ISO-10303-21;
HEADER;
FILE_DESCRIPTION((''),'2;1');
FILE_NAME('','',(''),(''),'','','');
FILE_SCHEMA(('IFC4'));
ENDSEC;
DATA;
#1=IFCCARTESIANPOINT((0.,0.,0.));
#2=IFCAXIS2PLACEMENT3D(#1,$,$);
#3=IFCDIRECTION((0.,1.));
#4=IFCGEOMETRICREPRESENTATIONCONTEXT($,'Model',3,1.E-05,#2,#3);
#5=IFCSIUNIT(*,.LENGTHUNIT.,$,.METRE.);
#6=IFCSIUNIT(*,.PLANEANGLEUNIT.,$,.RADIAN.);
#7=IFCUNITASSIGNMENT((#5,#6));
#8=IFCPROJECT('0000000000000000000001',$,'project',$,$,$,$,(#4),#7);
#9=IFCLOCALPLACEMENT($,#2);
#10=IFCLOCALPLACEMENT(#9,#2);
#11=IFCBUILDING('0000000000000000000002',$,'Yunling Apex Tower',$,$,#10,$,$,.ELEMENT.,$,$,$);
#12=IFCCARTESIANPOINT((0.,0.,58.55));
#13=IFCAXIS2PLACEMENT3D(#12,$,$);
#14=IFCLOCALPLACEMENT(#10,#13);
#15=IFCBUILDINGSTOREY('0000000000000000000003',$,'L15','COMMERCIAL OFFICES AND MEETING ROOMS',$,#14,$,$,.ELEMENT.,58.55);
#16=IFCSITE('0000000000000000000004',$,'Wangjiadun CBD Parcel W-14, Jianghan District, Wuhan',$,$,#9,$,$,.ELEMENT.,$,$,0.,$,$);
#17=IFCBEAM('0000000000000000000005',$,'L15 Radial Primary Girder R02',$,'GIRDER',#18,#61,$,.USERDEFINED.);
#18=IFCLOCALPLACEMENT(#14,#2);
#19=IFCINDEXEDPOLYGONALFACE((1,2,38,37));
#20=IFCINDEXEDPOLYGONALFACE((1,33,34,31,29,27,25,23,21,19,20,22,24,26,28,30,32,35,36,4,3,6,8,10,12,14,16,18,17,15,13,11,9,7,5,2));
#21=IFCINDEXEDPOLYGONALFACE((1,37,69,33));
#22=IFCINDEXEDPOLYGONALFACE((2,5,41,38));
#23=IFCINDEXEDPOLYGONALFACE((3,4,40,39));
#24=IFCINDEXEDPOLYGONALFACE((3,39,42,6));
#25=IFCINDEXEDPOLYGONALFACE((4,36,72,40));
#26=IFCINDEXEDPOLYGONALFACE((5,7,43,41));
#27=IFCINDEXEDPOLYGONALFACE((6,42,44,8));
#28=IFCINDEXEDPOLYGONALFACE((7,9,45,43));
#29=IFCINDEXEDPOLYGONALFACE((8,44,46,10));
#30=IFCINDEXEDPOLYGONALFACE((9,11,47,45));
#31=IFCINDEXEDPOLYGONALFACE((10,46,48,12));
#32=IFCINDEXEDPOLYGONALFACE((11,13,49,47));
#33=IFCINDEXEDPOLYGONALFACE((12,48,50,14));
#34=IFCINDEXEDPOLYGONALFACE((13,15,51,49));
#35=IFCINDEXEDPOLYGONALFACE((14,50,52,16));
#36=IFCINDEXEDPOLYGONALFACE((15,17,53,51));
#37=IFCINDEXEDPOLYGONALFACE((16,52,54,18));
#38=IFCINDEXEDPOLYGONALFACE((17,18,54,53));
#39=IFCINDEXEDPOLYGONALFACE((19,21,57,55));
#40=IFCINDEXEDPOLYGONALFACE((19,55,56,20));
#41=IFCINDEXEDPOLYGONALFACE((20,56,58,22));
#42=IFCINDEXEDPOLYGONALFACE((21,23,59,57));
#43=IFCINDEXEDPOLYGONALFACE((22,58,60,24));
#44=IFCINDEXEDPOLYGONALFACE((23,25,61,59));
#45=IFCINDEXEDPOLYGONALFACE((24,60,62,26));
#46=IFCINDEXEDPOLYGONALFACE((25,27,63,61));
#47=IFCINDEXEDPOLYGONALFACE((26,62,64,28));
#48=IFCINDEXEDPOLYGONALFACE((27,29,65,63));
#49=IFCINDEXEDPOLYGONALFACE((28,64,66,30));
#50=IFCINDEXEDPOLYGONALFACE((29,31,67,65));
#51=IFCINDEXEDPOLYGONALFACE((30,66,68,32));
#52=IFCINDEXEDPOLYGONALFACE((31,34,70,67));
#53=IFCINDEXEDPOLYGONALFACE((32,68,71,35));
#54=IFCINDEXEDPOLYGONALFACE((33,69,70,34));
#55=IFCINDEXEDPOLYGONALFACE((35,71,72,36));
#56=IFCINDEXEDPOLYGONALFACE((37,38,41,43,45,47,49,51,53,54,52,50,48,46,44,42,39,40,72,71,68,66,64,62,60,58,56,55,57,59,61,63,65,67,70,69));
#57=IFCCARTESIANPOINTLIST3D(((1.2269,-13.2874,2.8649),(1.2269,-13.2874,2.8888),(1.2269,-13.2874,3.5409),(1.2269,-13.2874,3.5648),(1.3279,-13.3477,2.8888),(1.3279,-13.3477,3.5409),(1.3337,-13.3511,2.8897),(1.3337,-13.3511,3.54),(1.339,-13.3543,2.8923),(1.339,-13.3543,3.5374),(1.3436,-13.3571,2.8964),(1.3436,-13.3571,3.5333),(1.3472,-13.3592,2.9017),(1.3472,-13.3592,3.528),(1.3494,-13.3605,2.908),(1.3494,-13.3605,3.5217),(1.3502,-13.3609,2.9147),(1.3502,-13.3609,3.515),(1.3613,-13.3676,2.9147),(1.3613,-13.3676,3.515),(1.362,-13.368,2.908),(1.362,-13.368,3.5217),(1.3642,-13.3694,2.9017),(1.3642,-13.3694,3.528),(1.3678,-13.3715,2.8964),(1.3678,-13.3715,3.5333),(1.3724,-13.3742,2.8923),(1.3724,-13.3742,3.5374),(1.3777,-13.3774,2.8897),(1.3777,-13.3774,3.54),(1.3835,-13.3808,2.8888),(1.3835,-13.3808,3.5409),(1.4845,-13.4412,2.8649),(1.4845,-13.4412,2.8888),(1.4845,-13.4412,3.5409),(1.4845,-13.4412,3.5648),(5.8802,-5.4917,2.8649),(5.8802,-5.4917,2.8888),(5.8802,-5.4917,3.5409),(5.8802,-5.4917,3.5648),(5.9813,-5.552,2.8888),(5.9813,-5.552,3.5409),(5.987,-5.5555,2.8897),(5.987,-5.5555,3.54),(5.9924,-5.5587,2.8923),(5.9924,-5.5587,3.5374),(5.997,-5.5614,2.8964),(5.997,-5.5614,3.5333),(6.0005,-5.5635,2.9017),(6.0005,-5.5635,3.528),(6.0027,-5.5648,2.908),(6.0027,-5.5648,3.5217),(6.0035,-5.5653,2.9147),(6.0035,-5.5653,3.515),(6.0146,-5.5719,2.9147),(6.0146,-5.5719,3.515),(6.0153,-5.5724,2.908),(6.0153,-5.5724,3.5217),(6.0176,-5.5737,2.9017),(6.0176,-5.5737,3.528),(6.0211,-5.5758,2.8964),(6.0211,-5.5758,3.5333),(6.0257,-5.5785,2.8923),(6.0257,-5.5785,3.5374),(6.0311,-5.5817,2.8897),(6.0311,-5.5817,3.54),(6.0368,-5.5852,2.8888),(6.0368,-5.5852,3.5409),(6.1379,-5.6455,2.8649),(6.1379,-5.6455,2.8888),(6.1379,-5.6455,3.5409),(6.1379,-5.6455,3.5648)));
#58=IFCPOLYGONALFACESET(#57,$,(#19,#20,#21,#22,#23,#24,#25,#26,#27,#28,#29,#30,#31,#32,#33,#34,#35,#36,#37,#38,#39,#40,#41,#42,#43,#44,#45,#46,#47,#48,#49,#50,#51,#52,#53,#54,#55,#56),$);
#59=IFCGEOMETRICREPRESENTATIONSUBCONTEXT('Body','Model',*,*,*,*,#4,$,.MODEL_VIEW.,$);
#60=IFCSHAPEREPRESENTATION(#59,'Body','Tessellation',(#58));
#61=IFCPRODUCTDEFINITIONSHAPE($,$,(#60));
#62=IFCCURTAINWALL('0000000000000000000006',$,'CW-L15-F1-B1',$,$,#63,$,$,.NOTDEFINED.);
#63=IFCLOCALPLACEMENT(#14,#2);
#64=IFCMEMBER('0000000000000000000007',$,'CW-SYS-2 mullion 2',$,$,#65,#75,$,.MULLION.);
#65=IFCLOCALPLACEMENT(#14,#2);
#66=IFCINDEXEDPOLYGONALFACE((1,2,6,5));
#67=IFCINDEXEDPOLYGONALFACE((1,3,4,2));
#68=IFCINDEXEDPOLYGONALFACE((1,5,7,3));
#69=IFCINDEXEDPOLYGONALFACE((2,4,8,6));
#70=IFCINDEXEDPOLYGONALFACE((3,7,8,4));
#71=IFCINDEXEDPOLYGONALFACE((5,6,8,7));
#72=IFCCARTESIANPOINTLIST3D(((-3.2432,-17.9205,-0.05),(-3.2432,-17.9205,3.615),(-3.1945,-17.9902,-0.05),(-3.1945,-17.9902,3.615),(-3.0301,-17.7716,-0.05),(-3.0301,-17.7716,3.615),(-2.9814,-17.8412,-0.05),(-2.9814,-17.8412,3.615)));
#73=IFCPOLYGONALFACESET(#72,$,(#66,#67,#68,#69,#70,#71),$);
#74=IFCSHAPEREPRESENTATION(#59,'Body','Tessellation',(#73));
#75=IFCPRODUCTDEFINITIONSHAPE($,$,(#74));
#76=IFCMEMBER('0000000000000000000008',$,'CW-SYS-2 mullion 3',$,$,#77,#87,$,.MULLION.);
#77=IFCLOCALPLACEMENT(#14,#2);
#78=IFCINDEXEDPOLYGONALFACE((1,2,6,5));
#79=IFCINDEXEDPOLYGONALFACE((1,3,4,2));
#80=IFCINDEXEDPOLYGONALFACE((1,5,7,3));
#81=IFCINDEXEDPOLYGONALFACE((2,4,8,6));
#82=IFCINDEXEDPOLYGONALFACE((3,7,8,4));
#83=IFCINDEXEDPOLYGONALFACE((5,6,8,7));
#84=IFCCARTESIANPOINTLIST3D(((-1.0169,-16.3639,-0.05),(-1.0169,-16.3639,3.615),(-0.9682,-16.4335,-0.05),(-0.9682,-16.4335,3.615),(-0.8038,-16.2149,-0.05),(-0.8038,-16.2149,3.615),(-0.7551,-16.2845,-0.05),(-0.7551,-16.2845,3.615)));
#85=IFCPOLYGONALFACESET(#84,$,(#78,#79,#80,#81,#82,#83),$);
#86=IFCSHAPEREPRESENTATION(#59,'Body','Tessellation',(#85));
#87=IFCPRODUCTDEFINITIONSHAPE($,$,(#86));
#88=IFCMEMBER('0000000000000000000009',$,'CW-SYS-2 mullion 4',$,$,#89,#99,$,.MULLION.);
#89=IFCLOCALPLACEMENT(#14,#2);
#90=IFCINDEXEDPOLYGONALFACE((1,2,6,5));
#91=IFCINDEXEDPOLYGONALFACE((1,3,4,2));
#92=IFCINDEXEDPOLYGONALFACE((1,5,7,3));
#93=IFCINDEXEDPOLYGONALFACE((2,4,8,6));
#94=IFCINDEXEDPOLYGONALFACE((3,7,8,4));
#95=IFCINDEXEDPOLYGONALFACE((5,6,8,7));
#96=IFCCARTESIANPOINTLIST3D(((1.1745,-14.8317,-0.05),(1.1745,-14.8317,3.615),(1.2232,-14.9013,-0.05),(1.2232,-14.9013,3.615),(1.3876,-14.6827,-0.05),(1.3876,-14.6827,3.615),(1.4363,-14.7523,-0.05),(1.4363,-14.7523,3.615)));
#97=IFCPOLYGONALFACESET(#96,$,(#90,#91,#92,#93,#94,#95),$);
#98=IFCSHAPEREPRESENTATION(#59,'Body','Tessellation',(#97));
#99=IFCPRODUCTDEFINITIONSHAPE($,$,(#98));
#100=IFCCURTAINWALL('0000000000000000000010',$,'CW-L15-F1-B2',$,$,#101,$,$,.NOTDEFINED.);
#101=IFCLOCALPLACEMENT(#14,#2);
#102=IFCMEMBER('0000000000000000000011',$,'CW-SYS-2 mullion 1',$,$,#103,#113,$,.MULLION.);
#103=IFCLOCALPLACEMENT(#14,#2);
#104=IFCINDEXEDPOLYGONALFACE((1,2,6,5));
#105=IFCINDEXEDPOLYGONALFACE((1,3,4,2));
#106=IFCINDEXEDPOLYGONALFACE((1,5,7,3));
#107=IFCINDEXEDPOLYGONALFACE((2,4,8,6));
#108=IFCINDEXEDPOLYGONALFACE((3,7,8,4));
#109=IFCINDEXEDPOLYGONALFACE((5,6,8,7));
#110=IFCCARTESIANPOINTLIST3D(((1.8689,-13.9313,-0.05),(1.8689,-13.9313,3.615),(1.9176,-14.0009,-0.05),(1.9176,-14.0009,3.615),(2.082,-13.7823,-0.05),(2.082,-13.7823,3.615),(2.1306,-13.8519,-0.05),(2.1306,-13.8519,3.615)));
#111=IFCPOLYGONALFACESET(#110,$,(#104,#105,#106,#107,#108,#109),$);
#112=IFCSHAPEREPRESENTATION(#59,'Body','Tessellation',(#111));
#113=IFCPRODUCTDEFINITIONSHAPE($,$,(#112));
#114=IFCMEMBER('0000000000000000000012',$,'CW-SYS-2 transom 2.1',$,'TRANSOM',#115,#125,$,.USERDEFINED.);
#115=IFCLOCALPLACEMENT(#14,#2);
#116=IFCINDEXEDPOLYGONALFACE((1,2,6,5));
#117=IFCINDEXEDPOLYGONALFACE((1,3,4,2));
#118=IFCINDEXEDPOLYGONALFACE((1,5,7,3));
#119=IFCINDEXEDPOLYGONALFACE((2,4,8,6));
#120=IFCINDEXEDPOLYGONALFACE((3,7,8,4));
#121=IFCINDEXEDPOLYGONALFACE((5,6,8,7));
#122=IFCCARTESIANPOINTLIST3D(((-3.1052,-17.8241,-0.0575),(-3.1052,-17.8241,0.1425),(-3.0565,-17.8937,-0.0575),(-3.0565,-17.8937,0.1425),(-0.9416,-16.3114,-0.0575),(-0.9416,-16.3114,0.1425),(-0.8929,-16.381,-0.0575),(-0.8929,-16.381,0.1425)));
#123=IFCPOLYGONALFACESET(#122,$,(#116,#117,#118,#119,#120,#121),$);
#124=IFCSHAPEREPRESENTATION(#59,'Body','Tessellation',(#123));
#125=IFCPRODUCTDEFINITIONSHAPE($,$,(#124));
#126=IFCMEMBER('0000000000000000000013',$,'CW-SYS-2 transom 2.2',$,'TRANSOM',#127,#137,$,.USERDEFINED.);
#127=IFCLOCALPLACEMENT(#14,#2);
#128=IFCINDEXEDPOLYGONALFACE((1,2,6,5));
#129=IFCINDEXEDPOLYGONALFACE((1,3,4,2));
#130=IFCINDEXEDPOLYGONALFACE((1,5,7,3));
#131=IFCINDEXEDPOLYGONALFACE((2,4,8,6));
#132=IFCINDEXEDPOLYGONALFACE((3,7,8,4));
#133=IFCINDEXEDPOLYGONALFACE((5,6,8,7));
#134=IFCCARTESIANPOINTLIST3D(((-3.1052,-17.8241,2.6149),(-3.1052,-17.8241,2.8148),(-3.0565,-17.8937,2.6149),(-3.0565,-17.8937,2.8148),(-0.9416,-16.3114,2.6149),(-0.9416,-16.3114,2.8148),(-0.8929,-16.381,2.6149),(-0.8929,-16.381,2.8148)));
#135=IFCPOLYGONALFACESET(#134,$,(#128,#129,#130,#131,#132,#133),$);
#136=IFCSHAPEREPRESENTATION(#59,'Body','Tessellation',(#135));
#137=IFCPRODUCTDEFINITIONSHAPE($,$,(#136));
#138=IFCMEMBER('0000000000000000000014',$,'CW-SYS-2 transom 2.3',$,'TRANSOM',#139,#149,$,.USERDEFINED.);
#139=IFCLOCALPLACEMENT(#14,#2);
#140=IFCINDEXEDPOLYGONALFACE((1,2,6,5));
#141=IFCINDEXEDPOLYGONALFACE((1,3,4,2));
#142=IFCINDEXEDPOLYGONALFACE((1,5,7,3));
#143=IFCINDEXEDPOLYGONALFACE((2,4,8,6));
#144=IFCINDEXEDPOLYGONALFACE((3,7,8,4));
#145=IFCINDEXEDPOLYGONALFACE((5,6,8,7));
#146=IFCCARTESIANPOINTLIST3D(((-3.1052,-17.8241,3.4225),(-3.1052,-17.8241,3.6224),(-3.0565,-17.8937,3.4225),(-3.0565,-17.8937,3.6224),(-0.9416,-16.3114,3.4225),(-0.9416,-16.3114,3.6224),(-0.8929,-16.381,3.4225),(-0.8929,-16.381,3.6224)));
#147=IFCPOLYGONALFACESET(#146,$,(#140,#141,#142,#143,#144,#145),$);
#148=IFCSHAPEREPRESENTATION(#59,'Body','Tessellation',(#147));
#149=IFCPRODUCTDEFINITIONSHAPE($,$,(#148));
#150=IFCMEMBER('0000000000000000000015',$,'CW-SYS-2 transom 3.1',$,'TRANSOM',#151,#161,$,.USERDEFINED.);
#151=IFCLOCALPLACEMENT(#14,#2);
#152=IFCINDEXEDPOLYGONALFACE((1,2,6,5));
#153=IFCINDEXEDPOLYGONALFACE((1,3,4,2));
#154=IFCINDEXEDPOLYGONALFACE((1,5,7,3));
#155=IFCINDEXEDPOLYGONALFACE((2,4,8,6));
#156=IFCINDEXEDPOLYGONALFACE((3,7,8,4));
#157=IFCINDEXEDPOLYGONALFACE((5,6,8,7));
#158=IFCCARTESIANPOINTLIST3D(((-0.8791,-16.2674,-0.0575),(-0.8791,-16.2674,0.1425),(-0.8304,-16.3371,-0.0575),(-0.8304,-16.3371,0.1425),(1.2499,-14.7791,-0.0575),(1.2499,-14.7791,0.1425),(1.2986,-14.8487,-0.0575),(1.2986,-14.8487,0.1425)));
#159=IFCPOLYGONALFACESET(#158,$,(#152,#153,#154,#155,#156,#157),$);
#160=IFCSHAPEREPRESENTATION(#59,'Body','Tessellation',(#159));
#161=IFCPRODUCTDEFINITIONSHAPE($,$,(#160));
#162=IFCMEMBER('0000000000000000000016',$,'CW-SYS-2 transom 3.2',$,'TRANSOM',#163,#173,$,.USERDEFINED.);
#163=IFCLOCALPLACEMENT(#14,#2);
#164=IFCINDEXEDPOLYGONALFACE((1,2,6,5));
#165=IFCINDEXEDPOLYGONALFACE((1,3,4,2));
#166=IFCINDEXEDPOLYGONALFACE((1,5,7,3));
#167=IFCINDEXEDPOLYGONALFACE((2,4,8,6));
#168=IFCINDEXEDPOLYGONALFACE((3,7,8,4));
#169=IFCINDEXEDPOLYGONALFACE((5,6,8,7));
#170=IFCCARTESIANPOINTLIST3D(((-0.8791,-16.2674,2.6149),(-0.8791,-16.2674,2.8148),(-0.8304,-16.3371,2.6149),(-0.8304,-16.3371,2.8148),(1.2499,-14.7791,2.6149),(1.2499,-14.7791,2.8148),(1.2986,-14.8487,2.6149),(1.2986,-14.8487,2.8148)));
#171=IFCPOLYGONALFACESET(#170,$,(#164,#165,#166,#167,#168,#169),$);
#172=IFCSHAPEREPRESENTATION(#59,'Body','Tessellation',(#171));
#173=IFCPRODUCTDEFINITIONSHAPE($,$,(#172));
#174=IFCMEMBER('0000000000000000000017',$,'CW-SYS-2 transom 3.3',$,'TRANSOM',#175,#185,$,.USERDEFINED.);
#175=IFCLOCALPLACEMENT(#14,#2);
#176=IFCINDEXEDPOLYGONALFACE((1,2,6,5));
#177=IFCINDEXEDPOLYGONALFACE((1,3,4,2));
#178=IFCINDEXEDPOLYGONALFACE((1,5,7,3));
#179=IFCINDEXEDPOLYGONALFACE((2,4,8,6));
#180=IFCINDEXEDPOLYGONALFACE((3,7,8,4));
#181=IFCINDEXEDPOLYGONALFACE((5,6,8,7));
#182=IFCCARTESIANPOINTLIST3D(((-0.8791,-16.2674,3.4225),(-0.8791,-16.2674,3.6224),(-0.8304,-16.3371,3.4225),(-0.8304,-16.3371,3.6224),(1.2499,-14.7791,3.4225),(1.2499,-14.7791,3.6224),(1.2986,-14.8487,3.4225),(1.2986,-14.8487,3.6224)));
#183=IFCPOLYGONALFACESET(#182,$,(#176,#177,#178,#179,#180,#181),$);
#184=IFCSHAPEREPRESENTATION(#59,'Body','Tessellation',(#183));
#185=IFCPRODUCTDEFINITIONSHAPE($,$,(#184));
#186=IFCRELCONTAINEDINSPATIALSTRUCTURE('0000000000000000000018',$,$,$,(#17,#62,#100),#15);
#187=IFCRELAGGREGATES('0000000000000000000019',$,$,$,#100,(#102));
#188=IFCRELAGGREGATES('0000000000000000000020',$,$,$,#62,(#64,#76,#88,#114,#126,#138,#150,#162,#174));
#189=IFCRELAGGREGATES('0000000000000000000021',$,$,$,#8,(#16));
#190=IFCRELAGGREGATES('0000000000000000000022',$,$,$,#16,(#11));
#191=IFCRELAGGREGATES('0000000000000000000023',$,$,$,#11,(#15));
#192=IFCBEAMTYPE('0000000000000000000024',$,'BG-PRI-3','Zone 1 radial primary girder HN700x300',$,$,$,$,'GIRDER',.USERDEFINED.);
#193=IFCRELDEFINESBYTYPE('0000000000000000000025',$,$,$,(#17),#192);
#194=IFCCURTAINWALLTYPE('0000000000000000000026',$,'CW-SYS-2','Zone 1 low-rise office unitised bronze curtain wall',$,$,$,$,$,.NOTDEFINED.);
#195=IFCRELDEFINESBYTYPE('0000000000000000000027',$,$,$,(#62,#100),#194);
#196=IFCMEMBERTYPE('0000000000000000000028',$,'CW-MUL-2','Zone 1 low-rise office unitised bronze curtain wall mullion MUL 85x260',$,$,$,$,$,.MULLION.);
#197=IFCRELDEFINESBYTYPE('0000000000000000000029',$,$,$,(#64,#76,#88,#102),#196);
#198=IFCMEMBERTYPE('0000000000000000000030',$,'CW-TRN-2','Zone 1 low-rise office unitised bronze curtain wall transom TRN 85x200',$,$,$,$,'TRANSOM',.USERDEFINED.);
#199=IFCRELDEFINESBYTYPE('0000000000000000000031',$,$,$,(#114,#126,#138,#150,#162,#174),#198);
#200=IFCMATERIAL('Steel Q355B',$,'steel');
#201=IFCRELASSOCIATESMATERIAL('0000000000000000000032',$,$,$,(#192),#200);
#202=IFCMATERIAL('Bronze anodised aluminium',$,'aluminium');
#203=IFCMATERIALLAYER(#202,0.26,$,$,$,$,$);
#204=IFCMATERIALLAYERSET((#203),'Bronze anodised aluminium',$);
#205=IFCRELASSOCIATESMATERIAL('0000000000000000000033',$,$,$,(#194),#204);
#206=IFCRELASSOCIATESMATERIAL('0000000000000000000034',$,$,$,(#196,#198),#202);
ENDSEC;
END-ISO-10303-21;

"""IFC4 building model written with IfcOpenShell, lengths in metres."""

from ifc_helpers import new_model, si_unit, direction, frame, origin, origin_2d, place, context, subcontext, project, spatial, rectangle, i_section, extrude, source, transform, mapped, material, layer, layer_set, material_profile, profile_set, type_object, element, aggregate, save


model = new_model("IFC4")

# Units and contexts
model_context = context("Model", 3, precision=1e-05, world=origin(), true_north=direction((0.0, 1.0)))
body_context = subcontext(model_context, "Body", "Model", "MODEL_VIEW")
ifc_project = project(units=[si_unit("LENGTHUNIT", "METRE"), si_unit("PLANEANGLEUNIT", "RADIAN")], contexts=[model_context])

# Site, building, storey
site_placement = place(None, origin())
site = spatial("IfcSite", under=ifc_project, at=site_placement, Name="Wangjiadun CBD Parcel W-14, Jianghan District, Wuhan", CompositionType="ELEMENT", RefElevation=0.0)
building_placement = place(site_placement, origin())
building = spatial("IfcBuilding", under=site, at=building_placement, Name="Yunling Apex Tower", CompositionType="ELEMENT")
storey_placement = place(building_placement, frame((0.0, 0.0, 58.55)))
storey = spatial("IfcBuildingStorey", under=building, at=storey_placement, Name="L15", Description="COMMERCIAL OFFICES AND MEETING ROOMS", CompositionType="ELEMENT", Elevation=58.55)

# Beam
ifc_material_1 = material(Name="Steel Q355B", Category="steel")
ifc_material_profile_1 = material_profile(ifc_material_1, i_section(OverallWidth=0.3, OverallDepth=0.7, WebThickness=0.0129, FlangeThickness=0.0239, FilletRadius=0.0259, at=origin_2d()))
ifc_profile_set_1 = profile_set([ifc_material_profile_1], Name="Steel Q355B")
beam_type_1 = type_object("IfcBeamType", Name="BG-PRI-3", Description="Zone 1 radial primary girder HN700x300", ElementType="GIRDER", PredefinedType="USERDEFINED", material=ifc_profile_set_1)
shared_shape_1 = source(origin(), body_context, "Body", "SweptSolid", [
    extrude(i_section(OverallWidth=0.3, OverallDepth=0.7, WebThickness=0.0129, FlangeThickness=0.0239, FilletRadius=0.0259, at=origin_2d()), origin(), (0.0, 0.0, 1.0), 9.0789),
])
beam_1_placement = place(storey_placement, frame((1.3557, -13.3643, 3.2148), z_axis=(0.512545, 0.85866, 0.0), x_axis=(-0.85866, 0.512545, 0.0)))
element("IfcBeam", 1, at=beam_1_placement, inside=storey, type_object=beam_type_1, Name="L15 Radial Primary Girder R02", ObjectType="GIRDER", PredefinedType="USERDEFINED", context=body_context, shape_type="MappedRepresentation", body=[
    mapped(shared_shape_1, transform((0.0, 0.0, 0.0), scale=1.0)),
])

# Curtain wall, members
ifc_material_2 = material(Name="Bronze anodised aluminium", Category="aluminium")
ifc_layer_1 = layer(ifc_material_2, 0.26)
ifc_layer_set_1 = layer_set([ifc_layer_1], Name="Bronze anodised aluminium")
curtain_wall_type = type_object("IfcCurtainWallType", Name="CW-SYS-2", Description="Zone 1 low-rise office unitised bronze curtain wall", PredefinedType="NOTDEFINED", material=ifc_layer_set_1)
curtain_wall_1_placement = place(storey_placement, origin())
curtain_wall_1 = element("IfcCurtainWall", 2, at=curtain_wall_1_placement, inside=storey, type_object=curtain_wall_type, Name="CW-L15-F1-B1", PredefinedType="NOTDEFINED")
ifc_material_profile_2 = material_profile(ifc_material_2, rectangle(XDim=0.085, YDim=0.26, at=origin_2d()))
ifc_profile_set_2 = profile_set([ifc_material_profile_2], Name="Bronze anodised aluminium")
member_type_1 = type_object("IfcMemberType", Name="CW-MUL-2", Description="Zone 1 low-rise office unitised bronze curtain wall mullion MUL 85x260", PredefinedType="MULLION", material=ifc_profile_set_2)
shared_shape_2 = source(origin(), body_context, "Body", "SweptSolid", [
    extrude(rectangle(XDim=0.085, YDim=0.26, at=origin_2d()), origin(), (0.0, 0.0, 1.0), 3.665),
])
member_1_placement = place(storey_placement, frame((-3.1123, -17.8809, -0.05), z_axis=(0.0, 0.0, 1.0), x_axis=(-0.573004, 0.819552, 0.0)))
member_1 = element("IfcMember", 3, at=member_1_placement, type_object=member_type_1, Name="CW-SYS-2 mullion 2", PredefinedType="MULLION", context=body_context, shape_type="MappedRepresentation", body=[
    mapped(shared_shape_2, transform((0.0, 0.0, 0.0), scale=1.0)),
])
member_2_placement = place(storey_placement, frame((-0.886, -16.3242, -0.05), z_axis=(0.0, 0.0, 1.0), x_axis=(-0.573004, 0.819552, 0.0)))
member_2 = element("IfcMember", 4, at=member_2_placement, type_object=member_type_1, Name="CW-SYS-2 mullion 3", PredefinedType="MULLION", context=body_context, shape_type="MappedRepresentation", body=[
    mapped(shared_shape_2, transform((0.0, 0.0, 0.0), scale=1.0)),
])
member_3_placement = place(storey_placement, frame((1.3054, -14.792, -0.05), z_axis=(0.0, 0.0, 1.0), x_axis=(-0.573004, 0.819552, 0.0)))
member_3 = element("IfcMember", 5, at=member_3_placement, type_object=member_type_1, Name="CW-SYS-2 mullion 4", PredefinedType="MULLION", context=body_context, shape_type="MappedRepresentation", body=[
    mapped(shared_shape_2, transform((0.0, 0.0, 0.0), scale=1.0)),
])

# Curtain wall, member
curtain_wall_2_placement = place(storey_placement, origin())
curtain_wall_2 = element("IfcCurtainWall", 6, at=curtain_wall_2_placement, inside=storey, type_object=curtain_wall_type, Name="CW-L15-F1-B2", PredefinedType="NOTDEFINED")
member_4_placement = place(storey_placement, frame((1.9998, -13.8916, -0.05), z_axis=(0.0, 0.0, 1.0), x_axis=(-0.573003, 0.819553, 0.0)))
member_4 = element("IfcMember", 7, at=member_4_placement, type_object=member_type_1, Name="CW-SYS-2 mullion 1", PredefinedType="MULLION", context=body_context, shape_type="MappedRepresentation", body=[
    mapped(shared_shape_2, transform((0.0, 0.0, 0.0), scale=1.0)),
])

# Members
ifc_material_profile_3 = material_profile(ifc_material_2, rectangle(XDim=0.085, YDim=0.2, at=origin_2d()))
ifc_profile_set_3 = profile_set([ifc_material_profile_3], Name="Bronze anodised aluminium")
member_type_2 = type_object("IfcMemberType", Name="CW-TRN-2", Description="Zone 1 low-rise office unitised bronze curtain wall transom TRN 85x200", ElementType="TRANSOM", PredefinedType="USERDEFINED", material=ifc_profile_set_3)
shared_shape_3 = source(origin(), body_context, "Body", "SweptSolid", [
    extrude(rectangle(XDim=0.085, YDim=0.2, at=origin_2d()), origin(), (0.0, 0.0, 1.0), 2.6399),
])
member_5_placement = place(storey_placement, frame((-3.0808, -17.8589, 0.0425), z_axis=(0.819553, 0.573003, 0.0), x_axis=(-0.573003, 0.819553, 0.0)))
member_5 = element("IfcMember", 8, at=member_5_placement, type_object=member_type_2, Name="CW-SYS-2 transom 2.1", ObjectType="TRANSOM", PredefinedType="USERDEFINED", context=body_context, shape_type="MappedRepresentation", body=[
    mapped(shared_shape_3, transform((0.0, 0.0, 0.0), scale=1.0)),
])
member_6_placement = place(storey_placement, frame((-3.0808, -17.8589, 2.7148), z_axis=(0.819553, 0.573003, 0.0), x_axis=(-0.573003, 0.819553, 0.0)))
member_6 = element("IfcMember", 9, at=member_6_placement, type_object=member_type_2, Name="CW-SYS-2 transom 2.2", ObjectType="TRANSOM", PredefinedType="USERDEFINED", context=body_context, shape_type="MappedRepresentation", body=[
    mapped(shared_shape_3, transform((0.0, 0.0, 0.0), scale=1.0)),
])
member_7_placement = place(storey_placement, frame((-3.0808, -17.8589, 3.5225), z_axis=(0.819553, 0.573003, 0.0), x_axis=(-0.573003, 0.819553, 0.0)))
member_7 = element("IfcMember", 10, at=member_7_placement, type_object=member_type_2, Name="CW-SYS-2 transom 2.3", ObjectType="TRANSOM", PredefinedType="USERDEFINED", context=body_context, shape_type="MappedRepresentation", body=[
    mapped(shared_shape_3, transform((0.0, 0.0, 0.0), scale=1.0)),
])
shared_shape_4 = source(origin(), body_context, "Body", "SweptSolid", [
    extrude(rectangle(XDim=0.085, YDim=0.2, at=origin_2d()), origin(), (0.0, 0.0, 1.0), 2.5977),
])
member_8_placement = place(storey_placement, frame((-0.8547, -16.3022, 0.0425), z_axis=(0.819585, 0.572958, 0.0), x_axis=(-0.572958, 0.819585, 0.0)))
member_8 = element("IfcMember", 11, at=member_8_placement, type_object=member_type_2, Name="CW-SYS-2 transom 3.1", ObjectType="TRANSOM", PredefinedType="USERDEFINED", context=body_context, shape_type="MappedRepresentation", body=[
    mapped(shared_shape_4, transform((0.0, 0.0, 0.0), scale=1.0)),
])
member_9_placement = place(storey_placement, frame((-0.8547, -16.3022, 2.7148), z_axis=(0.819585, 0.572958, 0.0), x_axis=(-0.572958, 0.819585, 0.0)))
member_9 = element("IfcMember", 12, at=member_9_placement, type_object=member_type_2, Name="CW-SYS-2 transom 3.2", ObjectType="TRANSOM", PredefinedType="USERDEFINED", context=body_context, shape_type="MappedRepresentation", body=[
    mapped(shared_shape_4, transform((0.0, 0.0, 0.0), scale=1.0)),
])
member_10_placement = place(storey_placement, frame((-0.8547, -16.3022, 3.5225), z_axis=(0.819585, 0.572958, 0.0), x_axis=(-0.572958, 0.819585, 0.0)))
member_10 = element("IfcMember", 13, at=member_10_placement, type_object=member_type_2, Name="CW-SYS-2 transom 3.3", ObjectType="TRANSOM", PredefinedType="USERDEFINED", context=body_context, shape_type="MappedRepresentation", body=[
    mapped(shared_shape_4, transform((0.0, 0.0, 0.0), scale=1.0)),
])
aggregate(curtain_wall_2, [member_4])

aggregate(curtain_wall_1, [member_1, member_2, member_3, member_5, member_6, member_7, member_8, member_9, member_10])

save(model, "model.ifc")
